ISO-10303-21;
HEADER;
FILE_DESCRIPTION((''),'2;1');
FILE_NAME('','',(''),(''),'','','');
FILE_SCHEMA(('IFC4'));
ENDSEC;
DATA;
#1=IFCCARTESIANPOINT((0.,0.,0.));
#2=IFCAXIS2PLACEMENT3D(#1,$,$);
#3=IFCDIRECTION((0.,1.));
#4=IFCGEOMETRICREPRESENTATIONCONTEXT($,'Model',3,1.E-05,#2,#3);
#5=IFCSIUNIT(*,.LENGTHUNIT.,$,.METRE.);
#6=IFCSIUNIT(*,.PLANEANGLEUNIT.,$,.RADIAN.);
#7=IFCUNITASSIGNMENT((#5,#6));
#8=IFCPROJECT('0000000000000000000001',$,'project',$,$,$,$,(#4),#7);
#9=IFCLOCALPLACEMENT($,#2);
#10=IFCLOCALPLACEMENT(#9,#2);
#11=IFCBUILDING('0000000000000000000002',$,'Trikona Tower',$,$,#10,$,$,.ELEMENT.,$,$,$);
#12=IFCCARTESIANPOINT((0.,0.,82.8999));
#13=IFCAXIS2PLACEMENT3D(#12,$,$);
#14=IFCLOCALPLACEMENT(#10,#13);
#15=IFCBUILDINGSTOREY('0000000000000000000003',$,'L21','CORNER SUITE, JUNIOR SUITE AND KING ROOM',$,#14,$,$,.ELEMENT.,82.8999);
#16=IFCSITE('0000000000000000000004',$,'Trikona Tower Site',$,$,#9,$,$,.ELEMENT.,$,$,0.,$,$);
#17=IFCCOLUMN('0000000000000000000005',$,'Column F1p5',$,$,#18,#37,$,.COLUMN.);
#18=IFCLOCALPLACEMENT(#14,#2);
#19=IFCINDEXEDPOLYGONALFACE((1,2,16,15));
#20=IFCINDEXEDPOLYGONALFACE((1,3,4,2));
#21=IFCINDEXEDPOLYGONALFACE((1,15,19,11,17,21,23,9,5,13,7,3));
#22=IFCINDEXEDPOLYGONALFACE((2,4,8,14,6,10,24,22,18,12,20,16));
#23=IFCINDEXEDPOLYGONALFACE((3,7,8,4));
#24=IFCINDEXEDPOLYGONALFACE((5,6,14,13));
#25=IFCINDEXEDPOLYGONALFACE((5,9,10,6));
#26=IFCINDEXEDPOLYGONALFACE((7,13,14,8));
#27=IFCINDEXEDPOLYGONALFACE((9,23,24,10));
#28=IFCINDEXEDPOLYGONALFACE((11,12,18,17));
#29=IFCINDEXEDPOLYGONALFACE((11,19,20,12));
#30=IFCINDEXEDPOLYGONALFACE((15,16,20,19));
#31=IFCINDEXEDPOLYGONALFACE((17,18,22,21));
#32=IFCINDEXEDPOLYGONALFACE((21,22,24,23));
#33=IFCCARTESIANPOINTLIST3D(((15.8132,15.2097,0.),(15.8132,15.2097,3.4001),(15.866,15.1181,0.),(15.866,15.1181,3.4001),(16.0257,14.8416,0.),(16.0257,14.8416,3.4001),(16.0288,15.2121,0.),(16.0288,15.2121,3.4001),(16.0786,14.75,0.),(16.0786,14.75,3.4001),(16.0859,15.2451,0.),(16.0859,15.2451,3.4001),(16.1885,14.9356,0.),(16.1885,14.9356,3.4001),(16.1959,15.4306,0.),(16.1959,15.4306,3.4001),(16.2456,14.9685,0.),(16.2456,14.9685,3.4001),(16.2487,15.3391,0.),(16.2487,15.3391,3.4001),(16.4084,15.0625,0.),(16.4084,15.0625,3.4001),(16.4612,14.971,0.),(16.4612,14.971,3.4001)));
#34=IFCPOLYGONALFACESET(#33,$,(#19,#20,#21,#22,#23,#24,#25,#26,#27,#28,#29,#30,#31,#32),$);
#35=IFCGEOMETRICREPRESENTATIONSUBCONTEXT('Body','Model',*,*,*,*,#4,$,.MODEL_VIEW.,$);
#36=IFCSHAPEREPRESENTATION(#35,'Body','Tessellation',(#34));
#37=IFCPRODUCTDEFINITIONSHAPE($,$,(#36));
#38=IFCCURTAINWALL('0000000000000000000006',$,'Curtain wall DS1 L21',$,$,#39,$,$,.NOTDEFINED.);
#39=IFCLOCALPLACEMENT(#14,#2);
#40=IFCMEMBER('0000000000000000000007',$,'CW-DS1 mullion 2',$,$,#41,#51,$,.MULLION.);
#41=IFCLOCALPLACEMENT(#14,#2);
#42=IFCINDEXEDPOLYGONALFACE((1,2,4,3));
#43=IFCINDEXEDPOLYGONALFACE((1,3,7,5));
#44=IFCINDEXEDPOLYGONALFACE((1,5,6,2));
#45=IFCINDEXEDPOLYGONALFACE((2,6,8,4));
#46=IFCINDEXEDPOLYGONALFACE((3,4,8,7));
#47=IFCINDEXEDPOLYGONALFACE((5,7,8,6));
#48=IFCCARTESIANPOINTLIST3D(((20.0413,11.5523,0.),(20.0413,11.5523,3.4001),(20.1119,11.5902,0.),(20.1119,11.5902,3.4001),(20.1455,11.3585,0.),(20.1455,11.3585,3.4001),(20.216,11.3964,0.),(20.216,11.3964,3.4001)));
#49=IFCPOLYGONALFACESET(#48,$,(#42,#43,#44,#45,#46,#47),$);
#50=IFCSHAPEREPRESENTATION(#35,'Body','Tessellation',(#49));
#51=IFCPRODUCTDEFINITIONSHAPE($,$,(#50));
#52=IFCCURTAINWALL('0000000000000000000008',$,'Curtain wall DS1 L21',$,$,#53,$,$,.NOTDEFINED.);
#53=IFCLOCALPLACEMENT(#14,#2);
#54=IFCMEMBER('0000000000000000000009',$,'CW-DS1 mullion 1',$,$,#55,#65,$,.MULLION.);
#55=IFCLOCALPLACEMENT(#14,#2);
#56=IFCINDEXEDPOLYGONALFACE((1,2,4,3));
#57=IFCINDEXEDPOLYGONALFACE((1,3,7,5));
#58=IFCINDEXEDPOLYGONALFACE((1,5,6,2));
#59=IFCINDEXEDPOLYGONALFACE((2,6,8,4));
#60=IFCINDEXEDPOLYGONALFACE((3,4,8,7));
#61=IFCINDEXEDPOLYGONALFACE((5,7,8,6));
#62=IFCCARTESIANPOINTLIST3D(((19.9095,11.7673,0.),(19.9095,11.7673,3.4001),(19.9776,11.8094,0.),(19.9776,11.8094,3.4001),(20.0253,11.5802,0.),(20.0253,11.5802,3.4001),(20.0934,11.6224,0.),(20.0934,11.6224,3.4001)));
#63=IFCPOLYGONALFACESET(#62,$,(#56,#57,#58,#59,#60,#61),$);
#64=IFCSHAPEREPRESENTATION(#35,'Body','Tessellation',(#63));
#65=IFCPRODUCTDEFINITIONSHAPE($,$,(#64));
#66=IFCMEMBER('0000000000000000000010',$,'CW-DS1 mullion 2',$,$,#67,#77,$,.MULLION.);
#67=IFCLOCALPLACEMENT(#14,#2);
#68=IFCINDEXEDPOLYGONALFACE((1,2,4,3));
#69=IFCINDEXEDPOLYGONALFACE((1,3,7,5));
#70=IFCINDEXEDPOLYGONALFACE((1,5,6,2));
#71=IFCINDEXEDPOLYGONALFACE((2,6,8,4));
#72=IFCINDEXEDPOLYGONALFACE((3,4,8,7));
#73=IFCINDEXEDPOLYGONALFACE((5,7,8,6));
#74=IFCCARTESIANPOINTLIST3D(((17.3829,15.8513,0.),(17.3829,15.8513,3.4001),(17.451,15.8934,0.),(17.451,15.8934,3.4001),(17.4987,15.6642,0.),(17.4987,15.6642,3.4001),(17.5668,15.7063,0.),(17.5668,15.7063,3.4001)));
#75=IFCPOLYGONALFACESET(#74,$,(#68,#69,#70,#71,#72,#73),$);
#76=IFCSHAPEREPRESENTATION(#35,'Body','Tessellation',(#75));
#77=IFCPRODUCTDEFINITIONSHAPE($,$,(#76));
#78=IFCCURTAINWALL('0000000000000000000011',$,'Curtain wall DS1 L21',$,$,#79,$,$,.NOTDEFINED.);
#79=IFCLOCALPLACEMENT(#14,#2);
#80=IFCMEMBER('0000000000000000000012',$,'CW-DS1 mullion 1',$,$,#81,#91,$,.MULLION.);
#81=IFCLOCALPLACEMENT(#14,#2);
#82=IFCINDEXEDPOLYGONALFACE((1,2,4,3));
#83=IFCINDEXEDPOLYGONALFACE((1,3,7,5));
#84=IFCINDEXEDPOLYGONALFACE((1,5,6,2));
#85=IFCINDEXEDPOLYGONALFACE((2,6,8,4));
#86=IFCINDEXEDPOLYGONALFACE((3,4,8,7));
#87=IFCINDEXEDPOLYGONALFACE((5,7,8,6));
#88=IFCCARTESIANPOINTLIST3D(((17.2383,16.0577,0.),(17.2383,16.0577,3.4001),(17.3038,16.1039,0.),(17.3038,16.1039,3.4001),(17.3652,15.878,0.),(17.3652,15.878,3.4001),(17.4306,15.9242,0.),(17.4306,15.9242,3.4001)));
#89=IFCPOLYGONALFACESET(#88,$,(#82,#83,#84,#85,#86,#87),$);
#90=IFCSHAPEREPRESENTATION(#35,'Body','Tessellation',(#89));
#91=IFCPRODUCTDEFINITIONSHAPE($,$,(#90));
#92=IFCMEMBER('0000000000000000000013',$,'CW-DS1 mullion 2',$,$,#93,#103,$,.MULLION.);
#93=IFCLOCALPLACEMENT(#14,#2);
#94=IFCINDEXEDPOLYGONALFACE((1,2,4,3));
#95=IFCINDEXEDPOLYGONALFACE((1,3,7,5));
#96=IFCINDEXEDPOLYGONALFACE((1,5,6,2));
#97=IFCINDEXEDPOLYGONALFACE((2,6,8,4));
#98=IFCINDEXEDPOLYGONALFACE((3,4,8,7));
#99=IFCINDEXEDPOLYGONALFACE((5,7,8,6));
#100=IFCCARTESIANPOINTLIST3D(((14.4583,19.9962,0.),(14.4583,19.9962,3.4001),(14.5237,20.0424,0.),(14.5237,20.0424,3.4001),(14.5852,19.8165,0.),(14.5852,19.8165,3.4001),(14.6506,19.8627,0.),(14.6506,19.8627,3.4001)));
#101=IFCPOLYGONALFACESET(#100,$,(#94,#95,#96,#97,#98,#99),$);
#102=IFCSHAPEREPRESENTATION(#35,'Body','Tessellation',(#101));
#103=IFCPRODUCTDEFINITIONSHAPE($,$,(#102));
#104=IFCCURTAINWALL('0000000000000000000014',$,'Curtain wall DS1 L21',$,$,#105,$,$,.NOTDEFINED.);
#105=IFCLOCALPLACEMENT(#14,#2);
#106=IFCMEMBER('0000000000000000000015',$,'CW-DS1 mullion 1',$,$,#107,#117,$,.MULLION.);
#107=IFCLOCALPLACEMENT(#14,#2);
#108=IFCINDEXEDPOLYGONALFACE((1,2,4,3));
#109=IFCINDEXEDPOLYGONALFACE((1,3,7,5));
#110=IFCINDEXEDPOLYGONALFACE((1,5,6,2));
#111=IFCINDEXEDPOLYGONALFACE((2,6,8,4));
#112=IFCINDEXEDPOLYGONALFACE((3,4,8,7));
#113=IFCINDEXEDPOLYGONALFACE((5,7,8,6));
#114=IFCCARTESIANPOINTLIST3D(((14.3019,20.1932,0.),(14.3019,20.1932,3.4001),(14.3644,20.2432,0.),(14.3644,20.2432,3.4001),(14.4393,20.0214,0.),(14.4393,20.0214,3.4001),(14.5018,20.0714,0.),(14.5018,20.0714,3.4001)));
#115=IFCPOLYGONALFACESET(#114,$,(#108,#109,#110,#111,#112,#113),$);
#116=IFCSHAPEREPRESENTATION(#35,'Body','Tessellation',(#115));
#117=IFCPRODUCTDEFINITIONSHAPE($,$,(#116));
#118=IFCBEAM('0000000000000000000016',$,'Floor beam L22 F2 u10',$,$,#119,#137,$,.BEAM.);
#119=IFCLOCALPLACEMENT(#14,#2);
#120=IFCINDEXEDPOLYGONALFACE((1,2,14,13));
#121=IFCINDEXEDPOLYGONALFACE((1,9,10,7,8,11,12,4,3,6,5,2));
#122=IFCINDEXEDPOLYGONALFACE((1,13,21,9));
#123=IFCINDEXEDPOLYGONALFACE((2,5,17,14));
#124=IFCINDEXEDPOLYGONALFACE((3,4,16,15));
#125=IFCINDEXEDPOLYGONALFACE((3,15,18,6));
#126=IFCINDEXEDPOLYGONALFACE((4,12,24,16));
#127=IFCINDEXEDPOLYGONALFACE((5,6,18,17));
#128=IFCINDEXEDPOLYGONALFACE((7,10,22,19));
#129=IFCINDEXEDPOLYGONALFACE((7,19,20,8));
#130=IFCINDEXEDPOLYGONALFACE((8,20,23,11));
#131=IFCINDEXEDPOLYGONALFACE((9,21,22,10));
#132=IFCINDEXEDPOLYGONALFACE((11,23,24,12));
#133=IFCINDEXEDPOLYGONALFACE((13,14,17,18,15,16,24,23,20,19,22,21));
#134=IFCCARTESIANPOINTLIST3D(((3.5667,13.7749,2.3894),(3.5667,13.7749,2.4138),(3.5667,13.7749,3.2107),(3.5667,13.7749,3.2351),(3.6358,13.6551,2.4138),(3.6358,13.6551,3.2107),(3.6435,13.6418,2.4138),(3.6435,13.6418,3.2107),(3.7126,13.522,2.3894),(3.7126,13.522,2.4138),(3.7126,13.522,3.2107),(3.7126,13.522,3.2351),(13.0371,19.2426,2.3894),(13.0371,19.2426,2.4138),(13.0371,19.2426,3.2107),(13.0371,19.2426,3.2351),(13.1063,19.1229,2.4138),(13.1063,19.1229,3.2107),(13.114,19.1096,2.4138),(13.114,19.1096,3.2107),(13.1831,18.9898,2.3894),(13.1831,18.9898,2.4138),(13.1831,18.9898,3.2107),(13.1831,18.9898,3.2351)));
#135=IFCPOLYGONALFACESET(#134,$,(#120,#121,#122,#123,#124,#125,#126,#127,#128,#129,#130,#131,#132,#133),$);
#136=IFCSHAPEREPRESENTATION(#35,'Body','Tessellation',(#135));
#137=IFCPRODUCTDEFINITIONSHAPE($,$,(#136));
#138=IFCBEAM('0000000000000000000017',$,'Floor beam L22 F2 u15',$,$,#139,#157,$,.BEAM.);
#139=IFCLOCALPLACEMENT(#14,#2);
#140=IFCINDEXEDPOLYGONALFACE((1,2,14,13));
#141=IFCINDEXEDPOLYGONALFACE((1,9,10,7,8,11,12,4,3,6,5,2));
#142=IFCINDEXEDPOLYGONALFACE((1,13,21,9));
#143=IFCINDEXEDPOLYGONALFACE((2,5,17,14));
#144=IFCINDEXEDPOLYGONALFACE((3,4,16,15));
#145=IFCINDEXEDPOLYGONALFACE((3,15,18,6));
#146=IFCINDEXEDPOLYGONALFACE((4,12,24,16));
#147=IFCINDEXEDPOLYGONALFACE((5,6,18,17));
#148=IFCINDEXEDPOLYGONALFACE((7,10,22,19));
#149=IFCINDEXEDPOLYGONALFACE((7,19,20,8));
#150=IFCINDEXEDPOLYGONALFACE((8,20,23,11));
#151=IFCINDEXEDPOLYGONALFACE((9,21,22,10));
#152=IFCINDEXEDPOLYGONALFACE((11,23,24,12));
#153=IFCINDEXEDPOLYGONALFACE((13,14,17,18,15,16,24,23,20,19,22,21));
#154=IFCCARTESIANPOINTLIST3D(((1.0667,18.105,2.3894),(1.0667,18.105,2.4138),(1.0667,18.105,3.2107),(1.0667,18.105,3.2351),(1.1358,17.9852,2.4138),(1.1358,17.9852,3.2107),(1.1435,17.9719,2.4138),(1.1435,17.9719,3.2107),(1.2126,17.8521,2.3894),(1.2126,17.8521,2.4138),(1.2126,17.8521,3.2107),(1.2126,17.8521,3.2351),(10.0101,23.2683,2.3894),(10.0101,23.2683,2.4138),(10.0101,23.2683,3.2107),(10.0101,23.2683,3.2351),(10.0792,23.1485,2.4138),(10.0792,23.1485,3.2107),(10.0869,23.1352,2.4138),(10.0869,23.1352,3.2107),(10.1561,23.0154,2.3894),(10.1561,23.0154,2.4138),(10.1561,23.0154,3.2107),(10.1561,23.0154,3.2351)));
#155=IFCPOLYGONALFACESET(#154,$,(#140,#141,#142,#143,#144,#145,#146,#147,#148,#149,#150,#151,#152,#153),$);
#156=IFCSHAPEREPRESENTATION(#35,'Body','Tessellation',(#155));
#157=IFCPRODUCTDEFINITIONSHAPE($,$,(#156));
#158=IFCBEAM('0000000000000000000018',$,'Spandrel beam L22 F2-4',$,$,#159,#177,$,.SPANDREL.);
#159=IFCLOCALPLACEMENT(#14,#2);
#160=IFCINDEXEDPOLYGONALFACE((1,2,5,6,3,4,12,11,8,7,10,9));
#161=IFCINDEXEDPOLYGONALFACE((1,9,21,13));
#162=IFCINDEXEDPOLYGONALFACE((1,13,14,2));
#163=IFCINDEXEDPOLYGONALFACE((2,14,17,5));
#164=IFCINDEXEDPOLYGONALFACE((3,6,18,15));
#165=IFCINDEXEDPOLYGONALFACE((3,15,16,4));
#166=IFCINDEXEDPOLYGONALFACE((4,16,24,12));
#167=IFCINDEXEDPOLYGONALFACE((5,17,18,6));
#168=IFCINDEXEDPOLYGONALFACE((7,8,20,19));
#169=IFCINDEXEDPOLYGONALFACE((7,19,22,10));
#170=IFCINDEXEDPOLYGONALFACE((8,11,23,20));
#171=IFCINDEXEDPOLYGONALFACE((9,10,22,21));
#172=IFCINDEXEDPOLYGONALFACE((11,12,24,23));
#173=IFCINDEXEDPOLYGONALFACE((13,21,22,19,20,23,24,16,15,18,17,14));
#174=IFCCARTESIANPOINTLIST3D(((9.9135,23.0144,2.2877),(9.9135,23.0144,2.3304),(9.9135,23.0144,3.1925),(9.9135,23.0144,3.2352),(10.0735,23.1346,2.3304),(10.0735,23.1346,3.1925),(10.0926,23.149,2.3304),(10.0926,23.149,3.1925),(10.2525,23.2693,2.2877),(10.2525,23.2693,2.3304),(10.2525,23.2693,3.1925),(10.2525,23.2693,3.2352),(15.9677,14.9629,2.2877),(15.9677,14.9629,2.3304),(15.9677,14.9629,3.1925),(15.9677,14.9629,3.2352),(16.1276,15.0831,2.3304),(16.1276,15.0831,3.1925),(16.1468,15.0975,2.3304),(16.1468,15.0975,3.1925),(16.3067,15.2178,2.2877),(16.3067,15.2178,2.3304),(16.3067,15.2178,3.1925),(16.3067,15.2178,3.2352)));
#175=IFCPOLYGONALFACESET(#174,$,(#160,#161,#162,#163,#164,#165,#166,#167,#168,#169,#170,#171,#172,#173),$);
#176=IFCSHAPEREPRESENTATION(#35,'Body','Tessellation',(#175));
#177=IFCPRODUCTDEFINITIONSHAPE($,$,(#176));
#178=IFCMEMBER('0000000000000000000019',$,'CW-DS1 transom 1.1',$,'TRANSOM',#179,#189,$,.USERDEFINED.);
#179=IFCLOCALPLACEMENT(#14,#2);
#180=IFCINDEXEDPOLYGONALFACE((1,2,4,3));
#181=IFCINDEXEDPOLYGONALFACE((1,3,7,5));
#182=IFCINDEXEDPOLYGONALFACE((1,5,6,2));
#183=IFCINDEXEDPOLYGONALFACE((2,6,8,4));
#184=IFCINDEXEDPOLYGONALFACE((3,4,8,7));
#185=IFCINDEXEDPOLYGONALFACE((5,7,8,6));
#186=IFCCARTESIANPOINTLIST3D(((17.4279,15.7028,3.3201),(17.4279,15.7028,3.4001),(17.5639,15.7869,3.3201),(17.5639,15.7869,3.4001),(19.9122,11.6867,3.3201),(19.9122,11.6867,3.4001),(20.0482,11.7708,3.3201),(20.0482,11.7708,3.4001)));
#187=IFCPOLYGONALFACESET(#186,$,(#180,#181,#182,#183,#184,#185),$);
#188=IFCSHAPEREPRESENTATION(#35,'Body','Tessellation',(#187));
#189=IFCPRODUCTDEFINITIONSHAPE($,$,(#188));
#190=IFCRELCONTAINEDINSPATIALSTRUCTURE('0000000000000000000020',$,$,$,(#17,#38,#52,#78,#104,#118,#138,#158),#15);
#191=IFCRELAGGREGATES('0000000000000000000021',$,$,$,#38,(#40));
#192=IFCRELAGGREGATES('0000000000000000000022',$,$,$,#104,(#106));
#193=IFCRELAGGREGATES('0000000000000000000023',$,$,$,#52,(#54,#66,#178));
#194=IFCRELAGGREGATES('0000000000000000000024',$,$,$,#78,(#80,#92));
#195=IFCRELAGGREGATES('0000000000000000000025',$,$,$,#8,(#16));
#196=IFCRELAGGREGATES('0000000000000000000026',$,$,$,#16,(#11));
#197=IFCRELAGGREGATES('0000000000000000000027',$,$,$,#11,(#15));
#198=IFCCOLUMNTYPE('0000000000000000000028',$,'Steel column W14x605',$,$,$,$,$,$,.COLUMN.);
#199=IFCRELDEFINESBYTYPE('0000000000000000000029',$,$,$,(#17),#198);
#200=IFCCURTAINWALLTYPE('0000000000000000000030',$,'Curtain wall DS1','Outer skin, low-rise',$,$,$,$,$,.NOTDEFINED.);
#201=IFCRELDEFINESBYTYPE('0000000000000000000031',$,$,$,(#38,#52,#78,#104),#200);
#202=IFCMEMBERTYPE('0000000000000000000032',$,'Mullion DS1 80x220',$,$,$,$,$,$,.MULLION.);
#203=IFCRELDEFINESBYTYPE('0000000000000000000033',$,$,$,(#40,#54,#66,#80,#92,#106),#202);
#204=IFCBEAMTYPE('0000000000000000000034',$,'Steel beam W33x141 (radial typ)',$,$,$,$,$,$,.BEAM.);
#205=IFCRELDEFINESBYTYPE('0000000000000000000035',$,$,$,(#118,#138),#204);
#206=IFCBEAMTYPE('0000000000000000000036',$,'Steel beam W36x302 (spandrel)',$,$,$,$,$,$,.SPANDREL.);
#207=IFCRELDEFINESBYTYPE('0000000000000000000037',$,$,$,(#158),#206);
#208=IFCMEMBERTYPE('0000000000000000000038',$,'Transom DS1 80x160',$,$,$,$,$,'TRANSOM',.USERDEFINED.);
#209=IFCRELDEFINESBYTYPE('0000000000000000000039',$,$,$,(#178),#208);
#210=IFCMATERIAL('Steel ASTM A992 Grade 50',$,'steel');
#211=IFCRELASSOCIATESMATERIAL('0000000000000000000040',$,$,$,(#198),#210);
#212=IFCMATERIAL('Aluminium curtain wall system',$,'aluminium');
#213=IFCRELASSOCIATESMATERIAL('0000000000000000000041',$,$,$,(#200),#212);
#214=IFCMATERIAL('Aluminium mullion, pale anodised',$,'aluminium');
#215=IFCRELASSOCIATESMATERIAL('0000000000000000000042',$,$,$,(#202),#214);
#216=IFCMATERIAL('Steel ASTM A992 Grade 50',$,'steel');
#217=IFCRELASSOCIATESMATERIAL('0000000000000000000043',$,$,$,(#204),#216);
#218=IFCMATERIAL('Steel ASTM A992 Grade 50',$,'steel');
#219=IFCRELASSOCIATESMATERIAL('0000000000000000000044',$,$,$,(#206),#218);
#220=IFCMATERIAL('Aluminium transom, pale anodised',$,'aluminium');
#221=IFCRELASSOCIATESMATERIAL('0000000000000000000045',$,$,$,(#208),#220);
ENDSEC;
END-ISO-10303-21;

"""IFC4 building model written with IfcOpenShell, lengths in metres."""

from ifc_helpers import new_model, si_unit, direction, frame, origin, origin_2d, place, context, subcontext, project, spatial, rectangle, i_section, extrude, material, material_profile, profile_set, type_object, element, aggregate, save


model = new_model("IFC4")

# Units and contexts
model_context = context("Model", 3, precision=1e-05, world=origin(), true_north=direction((0.0, 1.0)))
body_context = subcontext(model_context, "Body", "Model", "MODEL_VIEW")
ifc_project = project(units=[si_unit("LENGTHUNIT", "METRE"), si_unit("PLANEANGLEUNIT", "RADIAN")], contexts=[model_context])

# Site, building, storey
site_placement = place(None, origin())
site = spatial("IfcSite", under=ifc_project, at=site_placement, Name="Trikona Tower Site", CompositionType="ELEMENT", RefElevation=0.0)
building_placement = place(site_placement, origin())
building = spatial("IfcBuilding", under=site, at=building_placement, Name="Trikona Tower", CompositionType="ELEMENT")
storey_placement = place(building_placement, frame((0.0, 0.0, 82.8999)))
storey = spatial("IfcBuildingStorey", under=building, at=storey_placement, Name="L21", Description="CORNER SUITE, JUNIOR SUITE AND KING ROOM", CompositionType="ELEMENT", Elevation=82.8999)

# Column
ifc_material_1 = material(Name="Steel ASTM A992 Grade 50", Category="steel")
ifc_material_profile_1 = material_profile(ifc_material_1, i_section(OverallWidth=0.4419, OverallDepth=0.5308, WebThickness=0.0659, FlangeThickness=0.1057, at=origin_2d()), Name="W14X605")
ifc_profile_set_1 = profile_set([ifc_material_profile_1], Name="Steel ASTM A992 Grade 50")
column_type = type_object("IfcColumnType", Name="Steel column W14x605", PredefinedType="COLUMN", material=ifc_profile_set_1)
column_placement = place(storey_placement, frame((16.1372, 15.0903, 0.0), z_axis=(0.0, 0.0, 1.0), x_axis=(0.866025, 0.5, 0.0)))
element("IfcColumn", 1, at=column_placement, inside=storey, type_object=column_type, Name="Column F1p5", PredefinedType="COLUMN", context=body_context, shape_type="SweptSolid", body=[
    extrude(i_section(OverallWidth=0.4419, OverallDepth=0.5308, WebThickness=0.0659, FlangeThickness=0.1057, at=origin_2d()), origin(), (0.0, 0.0, 1.0), 3.4001),
])

# Curtain wall, member
ifc_material_2 = material(Name="Aluminium curtain wall system", Category="aluminium")
curtain_wall_type = type_object("IfcCurtainWallType", Name="Curtain wall DS1", Description="Outer skin, low-rise", PredefinedType="NOTDEFINED", material=ifc_material_2)
curtain_wall_1_placement = place(storey_placement, origin())
curtain_wall_1 = element("IfcCurtainWall", 2, at=curtain_wall_1_placement, inside=storey, type_object=curtain_wall_type, Name="Curtain wall DS1 L21", PredefinedType="NOTDEFINED")
ifc_material_3 = material(Name="Aluminium mullion, pale anodised", Category="aluminium")
ifc_material_profile_2 = material_profile(ifc_material_3, rectangle(XDim=0.0801, YDim=0.22, at=origin_2d()), Name="MUL-DS1")
ifc_profile_set_2 = profile_set([ifc_material_profile_2], Name="Aluminium mullion, pale anodised")
member_type_1 = type_object("IfcMemberType", Name="Mullion DS1 80x220", PredefinedType="MULLION", material=ifc_profile_set_2)
member_1_placement = place(storey_placement, frame((20.1287, 11.4744, 0.0), z_axis=(0.0, 0.0, 1.0), x_axis=(-0.880843, -0.473408, 0.0)))
member_1 = element("IfcMember", 3, at=member_1_placement, type_object=member_type_1, Name="CW-DS1 mullion 2", PredefinedType="MULLION", context=body_context, shape_type="SweptSolid", body=[
    extrude(rectangle(XDim=0.0801, YDim=0.22, at=origin_2d()), origin(), (0.0, 0.0, 1.0), 3.4001),
])
aggregate(curtain_wall_1, [member_1])

# Curtain walls, members
curtain_wall_2_placement = place(storey_placement, origin())
curtain_wall_2 = element("IfcCurtainWall", 4, at=curtain_wall_2_placement, inside=storey, type_object=curtain_wall_type, Name="Curtain wall DS1 L21", PredefinedType="NOTDEFINED")
member_2_placement = place(storey_placement, frame((20.0015, 11.6948, 0.0), z_axis=(0.0, 0.0, 1.0), x_axis=(-0.85041, -0.52612, 0.0)))
member_2 = element("IfcMember", 5, at=member_2_placement, type_object=member_type_1, Name="CW-DS1 mullion 1", PredefinedType="MULLION", context=body_context, shape_type="SweptSolid", body=[
    extrude(rectangle(XDim=0.0801, YDim=0.22, at=origin_2d()), origin(), (0.0, 0.0, 1.0), 3.4001),
])
member_3_placement = place(storey_placement, frame((17.4749, 15.7788, 0.0), z_axis=(0.0, 0.0, 1.0), x_axis=(-0.85041, -0.52612, 0.0)))
member_3 = element("IfcMember", 6, at=member_3_placement, type_object=member_type_1, Name="CW-DS1 mullion 2", PredefinedType="MULLION", context=body_context, shape_type="SweptSolid", body=[
    extrude(rectangle(XDim=0.0801, YDim=0.22, at=origin_2d()), origin(), (0.0, 0.0, 1.0), 3.4001),
])
curtain_wall_3_placement = place(storey_placement, origin())
curtain_wall_3 = element("IfcCurtainWall", 7, at=curtain_wall_3_placement, inside=storey, type_object=curtain_wall_type, Name="Curtain wall DS1 L21", PredefinedType="NOTDEFINED")
member_4_placement = place(storey_placement, frame((17.3345, 15.991, 0.0), z_axis=(0.0, 0.0, 1.0), x_axis=(-0.816985, -0.576658, 0.0)))
member_4 = element("IfcMember", 8, at=member_4_placement, type_object=member_type_1, Name="CW-DS1 mullion 1", PredefinedType="MULLION", context=body_context, shape_type="SweptSolid", body=[
    extrude(rectangle(XDim=0.0801, YDim=0.22, at=origin_2d()), origin(), (0.0, 0.0, 1.0), 3.4001),
])
member_5_placement = place(storey_placement, frame((14.5544, 19.9294, 0.0), z_axis=(0.0, 0.0, 1.0), x_axis=(-0.816985, -0.576658, 0.0)))
member_5 = element("IfcMember", 9, at=member_5_placement, type_object=member_type_1, Name="CW-DS1 mullion 2", PredefinedType="MULLION", context=body_context, shape_type="SweptSolid", body=[
    extrude(rectangle(XDim=0.0801, YDim=0.22, at=origin_2d()), origin(), (0.0, 0.0, 1.0), 3.4001),
])

# Curtain wall, member
curtain_wall_4_placement = place(storey_placement, origin())
curtain_wall_4 = element("IfcCurtainWall", 10, at=curtain_wall_4_placement, inside=storey, type_object=curtain_wall_type, Name="Curtain wall DS1 L21", PredefinedType="NOTDEFINED")
member_6_placement = place(storey_placement, frame((14.4019, 20.1323, 0.0), z_axis=(0.0, 0.0, 1.0), x_axis=(-0.780938, -0.624609, 0.0)))
member_6 = element("IfcMember", 11, at=member_6_placement, type_object=member_type_1, Name="CW-DS1 mullion 1", PredefinedType="MULLION", context=body_context, shape_type="SweptSolid", body=[
    extrude(rectangle(XDim=0.0801, YDim=0.22, at=origin_2d()), origin(), (0.0, 0.0, 1.0), 3.4001),
])
aggregate(curtain_wall_4, [member_6])

# Beams
ifc_material_4 = material(Name="Steel ASTM A992 Grade 50", Category="steel")
ifc_material_profile_3 = material_profile(ifc_material_4, i_section(OverallWidth=0.292, OverallDepth=0.8457, WebThickness=0.0154, FlangeThickness=0.0244, at=origin_2d()), Name="W33X141")
ifc_profile_set_3 = profile_set([ifc_material_profile_3], Name="Steel ASTM A992 Grade 50")
beam_type_1 = type_object("IfcBeamType", Name="Steel beam W33x141 (radial typ)", PredefinedType="BEAM", material=ifc_profile_set_3)
beam_1_placement = place(storey_placement, frame((3.6396, 13.6484, 2.8123), z_axis=(0.866025, 0.5, 0.0), x_axis=(-0.5, 0.866025, 0.0)))
element("IfcBeam", 12, at=beam_1_placement, inside=storey, type_object=beam_type_1, Name="Floor beam L22 F2 u10", PredefinedType="BEAM", context=body_context, shape_type="SweptSolid", body=[
    extrude(i_section(OverallWidth=0.292, OverallDepth=0.8457, WebThickness=0.0154, FlangeThickness=0.0244, at=origin_2d()), origin(), (0.0, 0.0, 1.0), 10.9355),
])
beam_2_placement = place(storey_placement, frame((1.1396, 17.9785, 2.8123), z_axis=(0.86603, 0.499991, 0.0), x_axis=(-0.499991, 0.86603, 0.0)))
element("IfcBeam", 13, at=beam_2_placement, inside=storey, type_object=beam_type_1, Name="Floor beam L22 F2 u15", PredefinedType="BEAM", context=body_context, shape_type="SweptSolid", body=[
    extrude(i_section(OverallWidth=0.292, OverallDepth=0.8457, WebThickness=0.0154, FlangeThickness=0.0244, at=origin_2d()), origin(), (0.0, 0.0, 1.0), 10.3269),
])
ifc_material_5 = material(Name="Steel ASTM A992 Grade 50", Category="steel")
ifc_material_profile_4 = material_profile(ifc_material_5, i_section(OverallWidth=0.4241, OverallDepth=0.9475, WebThickness=0.0239, FlangeThickness=0.0427, at=origin_2d()), Name="W36X302")
ifc_profile_set_4 = profile_set([ifc_material_profile_4], Name="Steel ASTM A992 Grade 50")
beam_type_2 = type_object("IfcBeamType", Name="Steel beam W36x302 (spandrel)", PredefinedType="SPANDREL", material=ifc_profile_set_4)
beam_3_placement = place(storey_placement, frame((16.1372, 15.0903, 2.7615), z_axis=(-0.600988, 0.799258, 0.0), x_axis=(-0.799258, -0.600988, 0.0)))
element("IfcBeam", 14, at=beam_3_placement, inside=storey, type_object=beam_type_2, Name="Spandrel beam L22 F2-4", PredefinedType="SPANDREL", context=body_context, shape_type="SweptSolid", body=[
    extrude(i_section(OverallWidth=0.4241, OverallDepth=0.9475, WebThickness=0.0239, FlangeThickness=0.0427, at=origin_2d()), origin(), (0.0, 0.0, 1.0), 10.0737),
])

# Member
ifc_material_6 = material(Name="Aluminium transom, pale anodised", Category="aluminium")
ifc_material_profile_5 = material_profile(ifc_material_6, rectangle(XDim=0.1599, YDim=0.0801, at=origin_2d()), Name="TRN-DS1")
ifc_profile_set_5 = profile_set([ifc_material_profile_5], Name="Aluminium transom, pale anodised")
member_type_2 = type_object("IfcMemberType", Name="Transom DS1 80x160", ElementType="TRANSOM", PredefinedType="USERDEFINED", material=ifc_profile_set_5)
member_7_placement = place(storey_placement, frame((19.9802, 11.7288, 3.3601), z_axis=(-0.526081, 0.850435, 0.0), x_axis=(-0.850435, -0.526081, 0.0)))
member_7 = element("IfcMember", 15, at=member_7_placement, type_object=member_type_2, Name="CW-DS1 transom 1.1", ObjectType="TRANSOM", PredefinedType="USERDEFINED", context=body_context, shape_type="SweptSolid", body=[
    extrude(rectangle(XDim=0.1599, YDim=0.0801, at=origin_2d()), origin(), (0.0, 0.0, 1.0), 4.7224),
])

aggregate(curtain_wall_2, [member_2, member_3, member_7])
aggregate(curtain_wall_3, [member_4, member_5])

save(model, "model.ifc")
